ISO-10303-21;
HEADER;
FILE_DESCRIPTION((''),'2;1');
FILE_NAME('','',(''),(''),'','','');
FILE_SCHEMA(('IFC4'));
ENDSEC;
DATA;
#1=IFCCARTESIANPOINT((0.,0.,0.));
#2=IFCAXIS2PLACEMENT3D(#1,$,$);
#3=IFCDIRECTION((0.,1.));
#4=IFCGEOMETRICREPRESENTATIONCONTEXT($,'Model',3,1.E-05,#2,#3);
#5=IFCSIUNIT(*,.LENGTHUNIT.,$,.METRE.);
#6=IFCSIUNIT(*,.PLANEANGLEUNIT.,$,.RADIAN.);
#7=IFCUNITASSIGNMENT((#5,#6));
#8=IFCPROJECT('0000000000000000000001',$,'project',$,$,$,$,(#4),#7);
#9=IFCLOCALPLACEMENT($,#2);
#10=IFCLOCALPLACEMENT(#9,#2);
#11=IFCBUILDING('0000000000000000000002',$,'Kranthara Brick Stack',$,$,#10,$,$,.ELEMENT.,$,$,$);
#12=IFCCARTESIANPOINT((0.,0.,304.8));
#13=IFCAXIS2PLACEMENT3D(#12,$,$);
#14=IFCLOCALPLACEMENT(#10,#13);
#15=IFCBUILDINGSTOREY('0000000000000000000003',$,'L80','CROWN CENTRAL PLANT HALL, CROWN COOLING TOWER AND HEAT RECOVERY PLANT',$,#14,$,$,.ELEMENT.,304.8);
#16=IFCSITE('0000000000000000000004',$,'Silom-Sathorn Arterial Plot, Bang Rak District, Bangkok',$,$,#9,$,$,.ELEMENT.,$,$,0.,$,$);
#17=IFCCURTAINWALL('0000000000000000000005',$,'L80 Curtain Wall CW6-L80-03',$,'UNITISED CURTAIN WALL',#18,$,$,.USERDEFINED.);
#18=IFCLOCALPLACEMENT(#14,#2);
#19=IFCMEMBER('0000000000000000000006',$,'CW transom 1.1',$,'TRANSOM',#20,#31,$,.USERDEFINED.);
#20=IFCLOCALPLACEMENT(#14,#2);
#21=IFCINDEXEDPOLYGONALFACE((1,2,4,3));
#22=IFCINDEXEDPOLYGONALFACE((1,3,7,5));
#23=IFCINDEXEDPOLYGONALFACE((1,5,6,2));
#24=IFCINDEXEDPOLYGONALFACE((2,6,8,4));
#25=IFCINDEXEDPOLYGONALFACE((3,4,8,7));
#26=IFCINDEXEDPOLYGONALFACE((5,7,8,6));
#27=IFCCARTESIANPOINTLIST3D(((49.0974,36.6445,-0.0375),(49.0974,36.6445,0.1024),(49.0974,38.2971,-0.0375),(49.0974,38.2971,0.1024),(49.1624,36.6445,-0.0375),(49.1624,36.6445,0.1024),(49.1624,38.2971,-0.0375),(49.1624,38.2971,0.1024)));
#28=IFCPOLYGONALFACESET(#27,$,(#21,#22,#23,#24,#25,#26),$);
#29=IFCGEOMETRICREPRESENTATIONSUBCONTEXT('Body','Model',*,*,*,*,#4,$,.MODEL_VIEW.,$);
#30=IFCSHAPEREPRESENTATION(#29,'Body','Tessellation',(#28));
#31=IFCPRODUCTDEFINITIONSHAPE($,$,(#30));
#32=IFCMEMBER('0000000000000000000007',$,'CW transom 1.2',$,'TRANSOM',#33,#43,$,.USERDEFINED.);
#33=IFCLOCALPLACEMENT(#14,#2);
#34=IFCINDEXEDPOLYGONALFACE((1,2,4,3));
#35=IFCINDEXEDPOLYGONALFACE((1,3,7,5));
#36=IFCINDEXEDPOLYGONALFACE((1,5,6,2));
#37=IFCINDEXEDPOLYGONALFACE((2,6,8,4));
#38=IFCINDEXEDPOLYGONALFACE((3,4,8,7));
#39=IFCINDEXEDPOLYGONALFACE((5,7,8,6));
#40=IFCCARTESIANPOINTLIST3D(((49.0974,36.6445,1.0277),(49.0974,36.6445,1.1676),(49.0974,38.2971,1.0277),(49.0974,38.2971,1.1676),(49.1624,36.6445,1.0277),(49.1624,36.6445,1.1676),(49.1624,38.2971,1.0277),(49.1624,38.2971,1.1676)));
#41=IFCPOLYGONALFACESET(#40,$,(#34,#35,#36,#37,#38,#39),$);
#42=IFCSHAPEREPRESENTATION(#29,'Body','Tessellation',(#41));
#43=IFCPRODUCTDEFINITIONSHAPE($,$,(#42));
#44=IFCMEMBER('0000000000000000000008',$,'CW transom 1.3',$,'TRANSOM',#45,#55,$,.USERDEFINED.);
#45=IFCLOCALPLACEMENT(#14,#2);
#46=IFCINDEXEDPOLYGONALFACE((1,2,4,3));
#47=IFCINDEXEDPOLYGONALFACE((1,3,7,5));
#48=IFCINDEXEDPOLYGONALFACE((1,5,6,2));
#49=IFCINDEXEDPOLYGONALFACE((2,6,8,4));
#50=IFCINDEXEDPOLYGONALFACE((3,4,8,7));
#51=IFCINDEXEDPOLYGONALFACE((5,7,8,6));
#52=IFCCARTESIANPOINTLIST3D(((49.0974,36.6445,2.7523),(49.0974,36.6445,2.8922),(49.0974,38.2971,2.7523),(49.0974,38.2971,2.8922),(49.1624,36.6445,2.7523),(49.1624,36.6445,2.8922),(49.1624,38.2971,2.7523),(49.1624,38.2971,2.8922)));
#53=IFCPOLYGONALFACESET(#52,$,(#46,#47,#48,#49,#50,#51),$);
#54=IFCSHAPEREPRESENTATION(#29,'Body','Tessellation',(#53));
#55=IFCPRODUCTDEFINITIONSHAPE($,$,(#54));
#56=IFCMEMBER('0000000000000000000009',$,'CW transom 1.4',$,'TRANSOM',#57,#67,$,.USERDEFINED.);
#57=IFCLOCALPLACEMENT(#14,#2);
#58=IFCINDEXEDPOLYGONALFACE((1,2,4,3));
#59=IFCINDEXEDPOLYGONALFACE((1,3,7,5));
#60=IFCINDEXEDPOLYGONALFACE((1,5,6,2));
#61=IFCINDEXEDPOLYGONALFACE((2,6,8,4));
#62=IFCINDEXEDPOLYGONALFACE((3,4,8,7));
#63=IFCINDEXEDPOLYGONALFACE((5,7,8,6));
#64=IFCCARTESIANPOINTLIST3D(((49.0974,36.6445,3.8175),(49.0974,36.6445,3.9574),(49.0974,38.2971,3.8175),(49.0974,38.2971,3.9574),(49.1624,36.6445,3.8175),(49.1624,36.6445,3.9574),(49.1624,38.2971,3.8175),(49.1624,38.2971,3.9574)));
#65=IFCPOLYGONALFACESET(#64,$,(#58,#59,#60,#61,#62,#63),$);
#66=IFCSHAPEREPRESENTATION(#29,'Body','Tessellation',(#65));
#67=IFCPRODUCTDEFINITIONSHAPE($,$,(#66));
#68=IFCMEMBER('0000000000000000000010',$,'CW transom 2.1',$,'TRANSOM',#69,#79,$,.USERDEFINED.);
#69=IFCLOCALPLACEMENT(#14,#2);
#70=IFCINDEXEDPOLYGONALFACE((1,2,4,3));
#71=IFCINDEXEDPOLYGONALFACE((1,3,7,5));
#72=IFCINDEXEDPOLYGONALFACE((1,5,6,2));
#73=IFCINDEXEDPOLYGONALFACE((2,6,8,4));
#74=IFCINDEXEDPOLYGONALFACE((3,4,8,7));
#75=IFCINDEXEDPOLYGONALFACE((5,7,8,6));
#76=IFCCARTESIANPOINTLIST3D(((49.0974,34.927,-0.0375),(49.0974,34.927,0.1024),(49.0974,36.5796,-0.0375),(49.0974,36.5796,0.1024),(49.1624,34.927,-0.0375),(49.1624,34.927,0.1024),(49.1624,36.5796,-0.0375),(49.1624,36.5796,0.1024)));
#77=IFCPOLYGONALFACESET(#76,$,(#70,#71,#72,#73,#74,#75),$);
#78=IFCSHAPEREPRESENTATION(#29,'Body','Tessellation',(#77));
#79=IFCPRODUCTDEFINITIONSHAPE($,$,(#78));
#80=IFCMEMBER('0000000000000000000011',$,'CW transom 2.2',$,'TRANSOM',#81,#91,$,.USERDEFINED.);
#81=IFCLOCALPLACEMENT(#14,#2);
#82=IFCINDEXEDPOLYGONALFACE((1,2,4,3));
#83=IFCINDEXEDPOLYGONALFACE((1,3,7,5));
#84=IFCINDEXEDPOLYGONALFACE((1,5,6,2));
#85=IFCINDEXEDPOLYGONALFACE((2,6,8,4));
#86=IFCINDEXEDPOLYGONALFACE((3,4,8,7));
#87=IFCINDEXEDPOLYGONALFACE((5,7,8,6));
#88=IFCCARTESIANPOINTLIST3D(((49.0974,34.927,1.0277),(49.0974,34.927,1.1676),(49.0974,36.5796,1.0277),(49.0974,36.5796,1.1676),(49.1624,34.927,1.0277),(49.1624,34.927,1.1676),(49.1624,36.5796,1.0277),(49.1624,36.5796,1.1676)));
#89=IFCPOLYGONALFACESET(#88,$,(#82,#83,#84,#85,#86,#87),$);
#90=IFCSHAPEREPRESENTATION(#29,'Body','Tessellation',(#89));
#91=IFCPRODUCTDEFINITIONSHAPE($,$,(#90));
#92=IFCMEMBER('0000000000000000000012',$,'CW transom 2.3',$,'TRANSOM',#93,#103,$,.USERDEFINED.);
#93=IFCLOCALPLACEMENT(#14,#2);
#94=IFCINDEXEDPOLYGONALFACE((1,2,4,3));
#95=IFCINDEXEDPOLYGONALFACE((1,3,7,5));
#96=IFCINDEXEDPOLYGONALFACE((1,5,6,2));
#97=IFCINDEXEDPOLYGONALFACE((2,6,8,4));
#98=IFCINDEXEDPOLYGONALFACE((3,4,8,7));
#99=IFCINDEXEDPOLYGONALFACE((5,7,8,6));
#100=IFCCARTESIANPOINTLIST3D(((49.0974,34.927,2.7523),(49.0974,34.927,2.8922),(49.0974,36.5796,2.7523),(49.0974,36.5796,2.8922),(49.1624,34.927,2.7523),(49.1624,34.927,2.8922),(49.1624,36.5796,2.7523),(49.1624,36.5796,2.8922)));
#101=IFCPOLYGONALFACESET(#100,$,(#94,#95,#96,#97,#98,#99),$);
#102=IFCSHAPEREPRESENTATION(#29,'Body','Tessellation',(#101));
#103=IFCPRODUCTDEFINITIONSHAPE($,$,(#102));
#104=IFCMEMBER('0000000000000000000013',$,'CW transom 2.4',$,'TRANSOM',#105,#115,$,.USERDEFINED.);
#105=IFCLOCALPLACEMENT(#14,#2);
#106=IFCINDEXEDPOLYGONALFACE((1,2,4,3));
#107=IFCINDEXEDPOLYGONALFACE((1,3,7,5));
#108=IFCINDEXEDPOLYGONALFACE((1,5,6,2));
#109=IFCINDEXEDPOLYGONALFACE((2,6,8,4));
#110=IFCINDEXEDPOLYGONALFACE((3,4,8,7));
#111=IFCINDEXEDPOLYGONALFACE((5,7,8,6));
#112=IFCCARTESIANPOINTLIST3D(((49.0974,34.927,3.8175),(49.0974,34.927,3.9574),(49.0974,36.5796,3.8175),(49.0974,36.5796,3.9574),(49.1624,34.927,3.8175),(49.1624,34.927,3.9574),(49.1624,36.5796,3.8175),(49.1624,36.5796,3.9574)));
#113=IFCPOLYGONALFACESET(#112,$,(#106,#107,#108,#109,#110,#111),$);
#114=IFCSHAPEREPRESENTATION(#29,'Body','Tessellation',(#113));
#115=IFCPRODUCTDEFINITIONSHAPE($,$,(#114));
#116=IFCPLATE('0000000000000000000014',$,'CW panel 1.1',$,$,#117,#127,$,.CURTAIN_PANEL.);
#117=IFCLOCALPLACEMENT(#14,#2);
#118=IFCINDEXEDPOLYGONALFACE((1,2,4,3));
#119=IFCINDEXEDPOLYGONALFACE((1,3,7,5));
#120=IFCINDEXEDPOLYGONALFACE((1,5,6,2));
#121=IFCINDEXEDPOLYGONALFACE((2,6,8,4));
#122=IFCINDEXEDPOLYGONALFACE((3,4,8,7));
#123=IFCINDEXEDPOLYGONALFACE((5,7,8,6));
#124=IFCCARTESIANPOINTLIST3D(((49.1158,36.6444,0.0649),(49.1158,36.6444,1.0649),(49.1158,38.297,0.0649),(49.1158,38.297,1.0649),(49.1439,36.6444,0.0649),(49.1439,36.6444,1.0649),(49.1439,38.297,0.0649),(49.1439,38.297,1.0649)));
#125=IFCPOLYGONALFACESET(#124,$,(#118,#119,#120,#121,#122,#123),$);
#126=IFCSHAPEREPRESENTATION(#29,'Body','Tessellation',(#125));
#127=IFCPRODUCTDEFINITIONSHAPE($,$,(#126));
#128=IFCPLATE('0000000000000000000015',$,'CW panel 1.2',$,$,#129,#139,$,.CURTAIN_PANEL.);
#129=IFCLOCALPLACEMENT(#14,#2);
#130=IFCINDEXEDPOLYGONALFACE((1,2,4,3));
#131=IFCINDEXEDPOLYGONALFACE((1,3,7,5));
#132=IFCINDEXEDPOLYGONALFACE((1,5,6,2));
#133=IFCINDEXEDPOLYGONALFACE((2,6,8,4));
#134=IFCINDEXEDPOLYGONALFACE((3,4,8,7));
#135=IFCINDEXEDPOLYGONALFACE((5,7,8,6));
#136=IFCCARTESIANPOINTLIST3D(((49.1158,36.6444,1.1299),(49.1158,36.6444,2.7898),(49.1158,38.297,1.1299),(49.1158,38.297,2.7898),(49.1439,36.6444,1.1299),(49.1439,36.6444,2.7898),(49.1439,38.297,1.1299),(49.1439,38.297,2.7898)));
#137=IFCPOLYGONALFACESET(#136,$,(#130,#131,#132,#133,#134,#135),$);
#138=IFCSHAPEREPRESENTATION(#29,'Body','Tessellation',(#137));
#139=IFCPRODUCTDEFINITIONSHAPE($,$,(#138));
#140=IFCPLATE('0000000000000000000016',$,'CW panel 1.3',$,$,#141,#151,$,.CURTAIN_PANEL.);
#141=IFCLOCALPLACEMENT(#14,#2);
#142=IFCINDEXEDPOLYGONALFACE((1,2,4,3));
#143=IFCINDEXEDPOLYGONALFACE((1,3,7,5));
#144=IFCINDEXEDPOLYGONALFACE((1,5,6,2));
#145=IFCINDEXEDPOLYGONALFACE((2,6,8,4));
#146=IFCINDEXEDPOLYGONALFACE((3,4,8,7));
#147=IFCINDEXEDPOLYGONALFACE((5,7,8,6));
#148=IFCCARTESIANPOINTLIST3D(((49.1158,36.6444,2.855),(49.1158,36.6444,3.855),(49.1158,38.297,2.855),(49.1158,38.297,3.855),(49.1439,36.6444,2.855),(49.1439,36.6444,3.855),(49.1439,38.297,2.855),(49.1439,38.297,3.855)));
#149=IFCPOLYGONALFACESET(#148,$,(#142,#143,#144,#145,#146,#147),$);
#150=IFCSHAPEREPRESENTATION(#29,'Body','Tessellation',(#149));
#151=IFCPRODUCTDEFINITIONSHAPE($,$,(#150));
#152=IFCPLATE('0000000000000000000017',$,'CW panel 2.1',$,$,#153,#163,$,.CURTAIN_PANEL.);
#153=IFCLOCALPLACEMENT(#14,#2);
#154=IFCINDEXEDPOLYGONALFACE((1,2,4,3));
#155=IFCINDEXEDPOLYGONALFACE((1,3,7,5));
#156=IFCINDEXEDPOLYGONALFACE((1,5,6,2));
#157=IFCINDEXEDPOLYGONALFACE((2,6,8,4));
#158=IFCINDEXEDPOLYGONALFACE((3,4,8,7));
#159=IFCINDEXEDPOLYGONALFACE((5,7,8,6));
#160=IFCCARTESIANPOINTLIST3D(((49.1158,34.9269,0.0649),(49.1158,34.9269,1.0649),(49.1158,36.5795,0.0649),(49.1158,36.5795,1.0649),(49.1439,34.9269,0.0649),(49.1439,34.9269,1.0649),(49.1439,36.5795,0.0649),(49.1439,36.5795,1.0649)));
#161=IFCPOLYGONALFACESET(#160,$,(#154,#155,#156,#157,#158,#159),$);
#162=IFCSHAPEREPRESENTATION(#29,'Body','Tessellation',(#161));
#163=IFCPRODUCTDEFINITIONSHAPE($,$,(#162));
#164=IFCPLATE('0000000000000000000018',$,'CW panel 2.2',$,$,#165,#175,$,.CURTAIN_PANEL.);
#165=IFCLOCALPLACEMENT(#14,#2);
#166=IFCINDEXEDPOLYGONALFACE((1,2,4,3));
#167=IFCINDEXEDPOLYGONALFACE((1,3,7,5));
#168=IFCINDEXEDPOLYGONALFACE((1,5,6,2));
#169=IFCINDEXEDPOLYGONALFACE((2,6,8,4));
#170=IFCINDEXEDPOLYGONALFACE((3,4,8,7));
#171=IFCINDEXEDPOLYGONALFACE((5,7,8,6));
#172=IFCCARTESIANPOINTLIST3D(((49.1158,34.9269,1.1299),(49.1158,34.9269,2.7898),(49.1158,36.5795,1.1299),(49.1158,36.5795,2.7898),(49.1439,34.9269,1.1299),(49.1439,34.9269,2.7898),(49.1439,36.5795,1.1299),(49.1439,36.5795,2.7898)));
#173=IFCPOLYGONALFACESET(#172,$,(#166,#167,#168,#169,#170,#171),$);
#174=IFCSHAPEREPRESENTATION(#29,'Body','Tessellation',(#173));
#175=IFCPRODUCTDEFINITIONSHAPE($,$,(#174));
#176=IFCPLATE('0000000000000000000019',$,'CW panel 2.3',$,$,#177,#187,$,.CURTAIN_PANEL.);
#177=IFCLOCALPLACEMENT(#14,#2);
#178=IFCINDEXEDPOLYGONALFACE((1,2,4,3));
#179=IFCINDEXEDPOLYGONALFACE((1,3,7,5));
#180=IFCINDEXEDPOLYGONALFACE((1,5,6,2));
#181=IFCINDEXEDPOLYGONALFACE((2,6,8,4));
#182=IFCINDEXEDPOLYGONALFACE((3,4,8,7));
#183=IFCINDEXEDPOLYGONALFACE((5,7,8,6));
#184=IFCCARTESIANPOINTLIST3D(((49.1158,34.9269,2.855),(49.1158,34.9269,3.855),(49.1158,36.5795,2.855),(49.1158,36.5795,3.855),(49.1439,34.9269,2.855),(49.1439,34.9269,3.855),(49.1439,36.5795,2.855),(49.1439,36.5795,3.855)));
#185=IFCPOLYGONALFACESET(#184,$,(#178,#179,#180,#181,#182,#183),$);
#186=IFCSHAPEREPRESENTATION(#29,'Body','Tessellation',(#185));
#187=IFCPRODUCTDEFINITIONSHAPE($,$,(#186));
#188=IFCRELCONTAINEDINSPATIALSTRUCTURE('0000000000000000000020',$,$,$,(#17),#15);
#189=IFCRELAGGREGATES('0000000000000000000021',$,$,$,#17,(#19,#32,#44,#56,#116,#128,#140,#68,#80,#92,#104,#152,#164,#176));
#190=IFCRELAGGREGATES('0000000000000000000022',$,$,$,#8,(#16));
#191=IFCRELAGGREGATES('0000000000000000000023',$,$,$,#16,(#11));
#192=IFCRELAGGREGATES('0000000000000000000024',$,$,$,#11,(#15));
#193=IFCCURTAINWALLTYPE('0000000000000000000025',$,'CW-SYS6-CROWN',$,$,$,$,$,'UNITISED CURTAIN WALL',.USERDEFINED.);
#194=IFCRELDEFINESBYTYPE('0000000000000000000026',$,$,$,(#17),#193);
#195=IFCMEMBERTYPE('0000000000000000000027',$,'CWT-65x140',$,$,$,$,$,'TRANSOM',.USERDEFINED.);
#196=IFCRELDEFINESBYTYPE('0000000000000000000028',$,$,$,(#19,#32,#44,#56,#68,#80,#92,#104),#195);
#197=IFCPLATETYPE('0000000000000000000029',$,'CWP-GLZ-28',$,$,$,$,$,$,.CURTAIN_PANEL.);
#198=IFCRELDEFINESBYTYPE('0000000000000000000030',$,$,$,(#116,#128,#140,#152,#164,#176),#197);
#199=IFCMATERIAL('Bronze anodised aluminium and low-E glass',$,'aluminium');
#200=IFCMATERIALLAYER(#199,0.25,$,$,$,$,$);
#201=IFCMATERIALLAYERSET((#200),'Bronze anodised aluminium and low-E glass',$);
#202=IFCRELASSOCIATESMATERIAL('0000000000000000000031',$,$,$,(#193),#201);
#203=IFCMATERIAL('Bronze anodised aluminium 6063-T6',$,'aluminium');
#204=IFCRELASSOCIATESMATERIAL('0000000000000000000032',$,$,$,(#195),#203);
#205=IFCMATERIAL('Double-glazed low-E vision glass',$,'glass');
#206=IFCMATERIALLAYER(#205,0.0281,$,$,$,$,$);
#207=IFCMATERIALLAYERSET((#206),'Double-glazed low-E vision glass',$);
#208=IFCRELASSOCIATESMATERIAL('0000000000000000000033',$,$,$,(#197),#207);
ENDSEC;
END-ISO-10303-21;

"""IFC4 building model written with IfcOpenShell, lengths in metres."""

from ifc_helpers import new_model, si_unit, direction, frame, origin, origin_2d, place, context, subcontext, project, spatial, rectangle, extrude, material, layer, layer_set, material_profile, profile_set, type_object, element, aggregate, save


model = new_model("IFC4")

# Units and contexts
model_context = context("Model", 3, precision=1e-05, world=origin(), true_north=direction((0.0, 1.0)))
body_context = subcontext(model_context, "Body", "Model", "MODEL_VIEW")
ifc_project = project(units=[si_unit("LENGTHUNIT", "METRE"), si_unit("PLANEANGLEUNIT", "RADIAN")], contexts=[model_context])

# Site, building, storey
site_placement = place(None, origin())
site = spatial("IfcSite", under=ifc_project, at=site_placement, Name="Silom-Sathorn Arterial Plot, Bang Rak District, Bangkok", CompositionType="ELEMENT", RefElevation=0.0)
building_placement = place(site_placement, origin())
building = spatial("IfcBuilding", under=site, at=building_placement, Name="Kranthara Brick Stack", CompositionType="ELEMENT")
storey_placement = place(building_placement, frame((0.0, 0.0, 304.8)))
storey = spatial("IfcBuildingStorey", under=building, at=storey_placement, Name="L80", Description="CROWN CENTRAL PLANT HALL, CROWN COOLING TOWER AND HEAT RECOVERY PLANT", CompositionType="ELEMENT", Elevation=304.8)

# Curtain wall, members, plates
ifc_material_1 = material(Name="Bronze anodised aluminium and low-E glass", Category="aluminium")
ifc_layer_1 = layer(ifc_material_1, 0.25)
ifc_layer_set_1 = layer_set([ifc_layer_1], Name="Bronze anodised aluminium and low-E glass")
curtain_wall_type = type_object("IfcCurtainWallType", Name="CW-SYS6-CROWN", ElementType="UNITISED CURTAIN WALL", PredefinedType="USERDEFINED", material=ifc_layer_set_1)
curtain_wall_placement = place(storey_placement, origin())
curtain_wall = element("IfcCurtainWall", 1, at=curtain_wall_placement, inside=storey, type_object=curtain_wall_type, Name="L80 Curtain Wall CW6-L80-03", ObjectType="UNITISED CURTAIN WALL", PredefinedType="USERDEFINED")
ifc_material_2 = material(Name="Bronze anodised aluminium 6063-T6", Category="aluminium")
ifc_material_profile_1 = material_profile(ifc_material_2, rectangle(XDim=0.0649, YDim=0.1399, at=origin_2d()), Name="ALU TRANSOM 65x140")
ifc_profile_set_1 = profile_set([ifc_material_profile_1], Name="Bronze anodised aluminium 6063-T6")
member_type_1 = type_object("IfcMemberType", Name="CWT-65x140", ElementType="TRANSOM", PredefinedType="USERDEFINED", material=ifc_profile_set_1)
member_1_placement = place(storey_placement, frame((49.1299, 38.2971, 0.0325), z_axis=(0.0, -1.0, 0.0), x_axis=(1.0, 0.0, 0.0)))
member_1 = element("IfcMember", 2, at=member_1_placement, type_object=member_type_1, Name="CW transom 1.1", ObjectType="TRANSOM", PredefinedType="USERDEFINED", context=body_context, shape_type="SweptSolid", body=[
    extrude(rectangle(XDim=0.0649, YDim=0.1399, at=origin_2d()), origin(), (0.0, 0.0, 1.0), 1.6526),
])
member_2_placement = place(storey_placement, frame((49.1299, 38.2971, 1.0977), z_axis=(0.0, -1.0, 0.0), x_axis=(1.0, 0.0, 0.0)))
member_2 = element("IfcMember", 3, at=member_2_placement, type_object=member_type_1, Name="CW transom 1.2", ObjectType="TRANSOM", PredefinedType="USERDEFINED", context=body_context, shape_type="SweptSolid", body=[
    extrude(rectangle(XDim=0.0649, YDim=0.1399, at=origin_2d()), origin(), (0.0, 0.0, 1.0), 1.6526),
])
member_3_placement = place(storey_placement, frame((49.1299, 38.2971, 2.8223), z_axis=(0.0, -1.0, 0.0), x_axis=(1.0, 0.0, 0.0)))
member_3 = element("IfcMember", 4, at=member_3_placement, type_object=member_type_1, Name="CW transom 1.3", ObjectType="TRANSOM", PredefinedType="USERDEFINED", context=body_context, shape_type="SweptSolid", body=[
    extrude(rectangle(XDim=0.0649, YDim=0.1399, at=origin_2d()), origin(), (0.0, 0.0, 1.0), 1.6526),
])
member_4_placement = place(storey_placement, frame((49.1299, 38.2971, 3.8875), z_axis=(0.0, -1.0, 0.0), x_axis=(1.0, 0.0, 0.0)))
member_4 = element("IfcMember", 5, at=member_4_placement, type_object=member_type_1, Name="CW transom 1.4", ObjectType="TRANSOM", PredefinedType="USERDEFINED", context=body_context, shape_type="SweptSolid", body=[
    extrude(rectangle(XDim=0.0649, YDim=0.1399, at=origin_2d()), origin(), (0.0, 0.0, 1.0), 1.6526),
])
member_5_placement = place(storey_placement, frame((49.1299, 36.5796, 0.0325), z_axis=(0.0, -1.0, 0.0), x_axis=(1.0, 0.0, 0.0)))
member_5 = element("IfcMember", 6, at=member_5_placement, type_object=member_type_1, Name="CW transom 2.1", ObjectType="TRANSOM", PredefinedType="USERDEFINED", context=body_context, shape_type="SweptSolid", body=[
    extrude(rectangle(XDim=0.0649, YDim=0.1399, at=origin_2d()), origin(), (0.0, 0.0, 1.0), 1.6526),
])
member_6_placement = place(storey_placement, frame((49.1299, 36.5796, 1.0977), z_axis=(0.0, -1.0, 0.0), x_axis=(1.0, 0.0, 0.0)))
member_6 = element("IfcMember", 7, at=member_6_placement, type_object=member_type_1, Name="CW transom 2.2", ObjectType="TRANSOM", PredefinedType="USERDEFINED", context=body_context, shape_type="SweptSolid", body=[
    extrude(rectangle(XDim=0.0649, YDim=0.1399, at=origin_2d()), origin(), (0.0, 0.0, 1.0), 1.6526),
])
member_7_placement = place(storey_placement, frame((49.1299, 36.5796, 2.8223), z_axis=(0.0, -1.0, 0.0), x_axis=(1.0, 0.0, 0.0)))
member_7 = element("IfcMember", 8, at=member_7_placement, type_object=member_type_1, Name="CW transom 2.3", ObjectType="TRANSOM", PredefinedType="USERDEFINED", context=body_context, shape_type="SweptSolid", body=[
    extrude(rectangle(XDim=0.0649, YDim=0.1399, at=origin_2d()), origin(), (0.0, 0.0, 1.0), 1.6526),
])
member_8_placement = place(storey_placement, frame((49.1299, 36.5796, 3.8875), z_axis=(0.0, -1.0, 0.0), x_axis=(1.0, 0.0, 0.0)))
member_8 = element("IfcMember", 9, at=member_8_placement, type_object=member_type_1, Name="CW transom 2.4", ObjectType="TRANSOM", PredefinedType="USERDEFINED", context=body_context, shape_type="SweptSolid", body=[
    extrude(rectangle(XDim=0.0649, YDim=0.1399, at=origin_2d()), origin(), (0.0, 0.0, 1.0), 1.6526),
])
ifc_material_3 = material(Name="Double-glazed low-E vision glass", Category="glass")
ifc_layer_2 = layer(ifc_material_3, 0.0281)
ifc_layer_set_2 = layer_set([ifc_layer_2], Name="Double-glazed low-E vision glass")
plate_type = type_object("IfcPlateType", Name="CWP-GLZ-28", PredefinedType="CURTAIN_PANEL", material=ifc_layer_set_2)
plate_1_placement = place(storey_placement, frame((49.1299, 37.4707, 0.0649), z_axis=(0.0, 0.0, 1.0), x_axis=(0.0, -1.0, 0.0)))
plate_1 = element("IfcPlate", 10, at=plate_1_placement, type_object=plate_type, Name="CW panel 1.1", PredefinedType="CURTAIN_PANEL", context=body_context, shape_type="SweptSolid", body=[
    extrude(rectangle(XDim=1.6526, YDim=0.0281, at=origin_2d()), origin(), (0.0, 0.0, 1.0), 1.0),
])
plate_2_placement = place(storey_placement, frame((49.1299, 37.4707, 1.1299), z_axis=(0.0, 0.0, 1.0), x_axis=(0.0, -1.0, 0.0)))
plate_2 = element("IfcPlate", 11, at=plate_2_placement, type_object=plate_type, Name="CW panel 1.2", PredefinedType="CURTAIN_PANEL", context=body_context, shape_type="SweptSolid", body=[
    extrude(rectangle(XDim=1.6526, YDim=0.0281, at=origin_2d()), origin(), (0.0, 0.0, 1.0), 1.6599),
])
plate_3_placement = place(storey_placement, frame((49.1299, 37.4707, 2.855), z_axis=(0.0, 0.0, 1.0), x_axis=(0.0, -1.0, 0.0)))
plate_3 = element("IfcPlate", 12, at=plate_3_placement, type_object=plate_type, Name="CW panel 1.3", PredefinedType="CURTAIN_PANEL", context=body_context, shape_type="SweptSolid", body=[
    extrude(rectangle(XDim=1.6526, YDim=0.0281, at=origin_2d()), origin(), (0.0, 0.0, 1.0), 1.0),
])
plate_4_placement = place(storey_placement, frame((49.1299, 35.7532, 0.0649), z_axis=(0.0, 0.0, 1.0), x_axis=(0.0, -1.0, 0.0)))
plate_4 = element("IfcPlate", 13, at=plate_4_placement, type_object=plate_type, Name="CW panel 2.1", PredefinedType="CURTAIN_PANEL", context=body_context, shape_type="SweptSolid", body=[
    extrude(rectangle(XDim=1.6526, YDim=0.0281, at=origin_2d()), origin(), (0.0, 0.0, 1.0), 1.0),
])
plate_5_placement = place(storey_placement, frame((49.1299, 35.7532, 1.1299), z_axis=(0.0, 0.0, 1.0), x_axis=(0.0, -1.0, 0.0)))
plate_5 = element("IfcPlate", 14, at=plate_5_placement, type_object=plate_type, Name="CW panel 2.2", PredefinedType="CURTAIN_PANEL", context=body_context, shape_type="SweptSolid", body=[
    extrude(rectangle(XDim=1.6526, YDim=0.0281, at=origin_2d()), origin(), (0.0, 0.0, 1.0), 1.6599),
])
plate_6_placement = place(storey_placement, frame((49.1299, 35.7532, 2.855), z_axis=(0.0, 0.0, 1.0), x_axis=(0.0, -1.0, 0.0)))
plate_6 = element("IfcPlate", 15, at=plate_6_placement, type_object=plate_type, Name="CW panel 2.3", PredefinedType="CURTAIN_PANEL", context=body_context, shape_type="SweptSolid", body=[
    extrude(rectangle(XDim=1.6526, YDim=0.0281, at=origin_2d()), origin(), (0.0, 0.0, 1.0), 1.0),
])
aggregate(curtain_wall, [member_1, member_2, member_3, member_4, plate_1, plate_2, plate_3, member_5, member_6, member_7, member_8, plate_4, plate_5, plate_6])

save(model, "model.ifc")
